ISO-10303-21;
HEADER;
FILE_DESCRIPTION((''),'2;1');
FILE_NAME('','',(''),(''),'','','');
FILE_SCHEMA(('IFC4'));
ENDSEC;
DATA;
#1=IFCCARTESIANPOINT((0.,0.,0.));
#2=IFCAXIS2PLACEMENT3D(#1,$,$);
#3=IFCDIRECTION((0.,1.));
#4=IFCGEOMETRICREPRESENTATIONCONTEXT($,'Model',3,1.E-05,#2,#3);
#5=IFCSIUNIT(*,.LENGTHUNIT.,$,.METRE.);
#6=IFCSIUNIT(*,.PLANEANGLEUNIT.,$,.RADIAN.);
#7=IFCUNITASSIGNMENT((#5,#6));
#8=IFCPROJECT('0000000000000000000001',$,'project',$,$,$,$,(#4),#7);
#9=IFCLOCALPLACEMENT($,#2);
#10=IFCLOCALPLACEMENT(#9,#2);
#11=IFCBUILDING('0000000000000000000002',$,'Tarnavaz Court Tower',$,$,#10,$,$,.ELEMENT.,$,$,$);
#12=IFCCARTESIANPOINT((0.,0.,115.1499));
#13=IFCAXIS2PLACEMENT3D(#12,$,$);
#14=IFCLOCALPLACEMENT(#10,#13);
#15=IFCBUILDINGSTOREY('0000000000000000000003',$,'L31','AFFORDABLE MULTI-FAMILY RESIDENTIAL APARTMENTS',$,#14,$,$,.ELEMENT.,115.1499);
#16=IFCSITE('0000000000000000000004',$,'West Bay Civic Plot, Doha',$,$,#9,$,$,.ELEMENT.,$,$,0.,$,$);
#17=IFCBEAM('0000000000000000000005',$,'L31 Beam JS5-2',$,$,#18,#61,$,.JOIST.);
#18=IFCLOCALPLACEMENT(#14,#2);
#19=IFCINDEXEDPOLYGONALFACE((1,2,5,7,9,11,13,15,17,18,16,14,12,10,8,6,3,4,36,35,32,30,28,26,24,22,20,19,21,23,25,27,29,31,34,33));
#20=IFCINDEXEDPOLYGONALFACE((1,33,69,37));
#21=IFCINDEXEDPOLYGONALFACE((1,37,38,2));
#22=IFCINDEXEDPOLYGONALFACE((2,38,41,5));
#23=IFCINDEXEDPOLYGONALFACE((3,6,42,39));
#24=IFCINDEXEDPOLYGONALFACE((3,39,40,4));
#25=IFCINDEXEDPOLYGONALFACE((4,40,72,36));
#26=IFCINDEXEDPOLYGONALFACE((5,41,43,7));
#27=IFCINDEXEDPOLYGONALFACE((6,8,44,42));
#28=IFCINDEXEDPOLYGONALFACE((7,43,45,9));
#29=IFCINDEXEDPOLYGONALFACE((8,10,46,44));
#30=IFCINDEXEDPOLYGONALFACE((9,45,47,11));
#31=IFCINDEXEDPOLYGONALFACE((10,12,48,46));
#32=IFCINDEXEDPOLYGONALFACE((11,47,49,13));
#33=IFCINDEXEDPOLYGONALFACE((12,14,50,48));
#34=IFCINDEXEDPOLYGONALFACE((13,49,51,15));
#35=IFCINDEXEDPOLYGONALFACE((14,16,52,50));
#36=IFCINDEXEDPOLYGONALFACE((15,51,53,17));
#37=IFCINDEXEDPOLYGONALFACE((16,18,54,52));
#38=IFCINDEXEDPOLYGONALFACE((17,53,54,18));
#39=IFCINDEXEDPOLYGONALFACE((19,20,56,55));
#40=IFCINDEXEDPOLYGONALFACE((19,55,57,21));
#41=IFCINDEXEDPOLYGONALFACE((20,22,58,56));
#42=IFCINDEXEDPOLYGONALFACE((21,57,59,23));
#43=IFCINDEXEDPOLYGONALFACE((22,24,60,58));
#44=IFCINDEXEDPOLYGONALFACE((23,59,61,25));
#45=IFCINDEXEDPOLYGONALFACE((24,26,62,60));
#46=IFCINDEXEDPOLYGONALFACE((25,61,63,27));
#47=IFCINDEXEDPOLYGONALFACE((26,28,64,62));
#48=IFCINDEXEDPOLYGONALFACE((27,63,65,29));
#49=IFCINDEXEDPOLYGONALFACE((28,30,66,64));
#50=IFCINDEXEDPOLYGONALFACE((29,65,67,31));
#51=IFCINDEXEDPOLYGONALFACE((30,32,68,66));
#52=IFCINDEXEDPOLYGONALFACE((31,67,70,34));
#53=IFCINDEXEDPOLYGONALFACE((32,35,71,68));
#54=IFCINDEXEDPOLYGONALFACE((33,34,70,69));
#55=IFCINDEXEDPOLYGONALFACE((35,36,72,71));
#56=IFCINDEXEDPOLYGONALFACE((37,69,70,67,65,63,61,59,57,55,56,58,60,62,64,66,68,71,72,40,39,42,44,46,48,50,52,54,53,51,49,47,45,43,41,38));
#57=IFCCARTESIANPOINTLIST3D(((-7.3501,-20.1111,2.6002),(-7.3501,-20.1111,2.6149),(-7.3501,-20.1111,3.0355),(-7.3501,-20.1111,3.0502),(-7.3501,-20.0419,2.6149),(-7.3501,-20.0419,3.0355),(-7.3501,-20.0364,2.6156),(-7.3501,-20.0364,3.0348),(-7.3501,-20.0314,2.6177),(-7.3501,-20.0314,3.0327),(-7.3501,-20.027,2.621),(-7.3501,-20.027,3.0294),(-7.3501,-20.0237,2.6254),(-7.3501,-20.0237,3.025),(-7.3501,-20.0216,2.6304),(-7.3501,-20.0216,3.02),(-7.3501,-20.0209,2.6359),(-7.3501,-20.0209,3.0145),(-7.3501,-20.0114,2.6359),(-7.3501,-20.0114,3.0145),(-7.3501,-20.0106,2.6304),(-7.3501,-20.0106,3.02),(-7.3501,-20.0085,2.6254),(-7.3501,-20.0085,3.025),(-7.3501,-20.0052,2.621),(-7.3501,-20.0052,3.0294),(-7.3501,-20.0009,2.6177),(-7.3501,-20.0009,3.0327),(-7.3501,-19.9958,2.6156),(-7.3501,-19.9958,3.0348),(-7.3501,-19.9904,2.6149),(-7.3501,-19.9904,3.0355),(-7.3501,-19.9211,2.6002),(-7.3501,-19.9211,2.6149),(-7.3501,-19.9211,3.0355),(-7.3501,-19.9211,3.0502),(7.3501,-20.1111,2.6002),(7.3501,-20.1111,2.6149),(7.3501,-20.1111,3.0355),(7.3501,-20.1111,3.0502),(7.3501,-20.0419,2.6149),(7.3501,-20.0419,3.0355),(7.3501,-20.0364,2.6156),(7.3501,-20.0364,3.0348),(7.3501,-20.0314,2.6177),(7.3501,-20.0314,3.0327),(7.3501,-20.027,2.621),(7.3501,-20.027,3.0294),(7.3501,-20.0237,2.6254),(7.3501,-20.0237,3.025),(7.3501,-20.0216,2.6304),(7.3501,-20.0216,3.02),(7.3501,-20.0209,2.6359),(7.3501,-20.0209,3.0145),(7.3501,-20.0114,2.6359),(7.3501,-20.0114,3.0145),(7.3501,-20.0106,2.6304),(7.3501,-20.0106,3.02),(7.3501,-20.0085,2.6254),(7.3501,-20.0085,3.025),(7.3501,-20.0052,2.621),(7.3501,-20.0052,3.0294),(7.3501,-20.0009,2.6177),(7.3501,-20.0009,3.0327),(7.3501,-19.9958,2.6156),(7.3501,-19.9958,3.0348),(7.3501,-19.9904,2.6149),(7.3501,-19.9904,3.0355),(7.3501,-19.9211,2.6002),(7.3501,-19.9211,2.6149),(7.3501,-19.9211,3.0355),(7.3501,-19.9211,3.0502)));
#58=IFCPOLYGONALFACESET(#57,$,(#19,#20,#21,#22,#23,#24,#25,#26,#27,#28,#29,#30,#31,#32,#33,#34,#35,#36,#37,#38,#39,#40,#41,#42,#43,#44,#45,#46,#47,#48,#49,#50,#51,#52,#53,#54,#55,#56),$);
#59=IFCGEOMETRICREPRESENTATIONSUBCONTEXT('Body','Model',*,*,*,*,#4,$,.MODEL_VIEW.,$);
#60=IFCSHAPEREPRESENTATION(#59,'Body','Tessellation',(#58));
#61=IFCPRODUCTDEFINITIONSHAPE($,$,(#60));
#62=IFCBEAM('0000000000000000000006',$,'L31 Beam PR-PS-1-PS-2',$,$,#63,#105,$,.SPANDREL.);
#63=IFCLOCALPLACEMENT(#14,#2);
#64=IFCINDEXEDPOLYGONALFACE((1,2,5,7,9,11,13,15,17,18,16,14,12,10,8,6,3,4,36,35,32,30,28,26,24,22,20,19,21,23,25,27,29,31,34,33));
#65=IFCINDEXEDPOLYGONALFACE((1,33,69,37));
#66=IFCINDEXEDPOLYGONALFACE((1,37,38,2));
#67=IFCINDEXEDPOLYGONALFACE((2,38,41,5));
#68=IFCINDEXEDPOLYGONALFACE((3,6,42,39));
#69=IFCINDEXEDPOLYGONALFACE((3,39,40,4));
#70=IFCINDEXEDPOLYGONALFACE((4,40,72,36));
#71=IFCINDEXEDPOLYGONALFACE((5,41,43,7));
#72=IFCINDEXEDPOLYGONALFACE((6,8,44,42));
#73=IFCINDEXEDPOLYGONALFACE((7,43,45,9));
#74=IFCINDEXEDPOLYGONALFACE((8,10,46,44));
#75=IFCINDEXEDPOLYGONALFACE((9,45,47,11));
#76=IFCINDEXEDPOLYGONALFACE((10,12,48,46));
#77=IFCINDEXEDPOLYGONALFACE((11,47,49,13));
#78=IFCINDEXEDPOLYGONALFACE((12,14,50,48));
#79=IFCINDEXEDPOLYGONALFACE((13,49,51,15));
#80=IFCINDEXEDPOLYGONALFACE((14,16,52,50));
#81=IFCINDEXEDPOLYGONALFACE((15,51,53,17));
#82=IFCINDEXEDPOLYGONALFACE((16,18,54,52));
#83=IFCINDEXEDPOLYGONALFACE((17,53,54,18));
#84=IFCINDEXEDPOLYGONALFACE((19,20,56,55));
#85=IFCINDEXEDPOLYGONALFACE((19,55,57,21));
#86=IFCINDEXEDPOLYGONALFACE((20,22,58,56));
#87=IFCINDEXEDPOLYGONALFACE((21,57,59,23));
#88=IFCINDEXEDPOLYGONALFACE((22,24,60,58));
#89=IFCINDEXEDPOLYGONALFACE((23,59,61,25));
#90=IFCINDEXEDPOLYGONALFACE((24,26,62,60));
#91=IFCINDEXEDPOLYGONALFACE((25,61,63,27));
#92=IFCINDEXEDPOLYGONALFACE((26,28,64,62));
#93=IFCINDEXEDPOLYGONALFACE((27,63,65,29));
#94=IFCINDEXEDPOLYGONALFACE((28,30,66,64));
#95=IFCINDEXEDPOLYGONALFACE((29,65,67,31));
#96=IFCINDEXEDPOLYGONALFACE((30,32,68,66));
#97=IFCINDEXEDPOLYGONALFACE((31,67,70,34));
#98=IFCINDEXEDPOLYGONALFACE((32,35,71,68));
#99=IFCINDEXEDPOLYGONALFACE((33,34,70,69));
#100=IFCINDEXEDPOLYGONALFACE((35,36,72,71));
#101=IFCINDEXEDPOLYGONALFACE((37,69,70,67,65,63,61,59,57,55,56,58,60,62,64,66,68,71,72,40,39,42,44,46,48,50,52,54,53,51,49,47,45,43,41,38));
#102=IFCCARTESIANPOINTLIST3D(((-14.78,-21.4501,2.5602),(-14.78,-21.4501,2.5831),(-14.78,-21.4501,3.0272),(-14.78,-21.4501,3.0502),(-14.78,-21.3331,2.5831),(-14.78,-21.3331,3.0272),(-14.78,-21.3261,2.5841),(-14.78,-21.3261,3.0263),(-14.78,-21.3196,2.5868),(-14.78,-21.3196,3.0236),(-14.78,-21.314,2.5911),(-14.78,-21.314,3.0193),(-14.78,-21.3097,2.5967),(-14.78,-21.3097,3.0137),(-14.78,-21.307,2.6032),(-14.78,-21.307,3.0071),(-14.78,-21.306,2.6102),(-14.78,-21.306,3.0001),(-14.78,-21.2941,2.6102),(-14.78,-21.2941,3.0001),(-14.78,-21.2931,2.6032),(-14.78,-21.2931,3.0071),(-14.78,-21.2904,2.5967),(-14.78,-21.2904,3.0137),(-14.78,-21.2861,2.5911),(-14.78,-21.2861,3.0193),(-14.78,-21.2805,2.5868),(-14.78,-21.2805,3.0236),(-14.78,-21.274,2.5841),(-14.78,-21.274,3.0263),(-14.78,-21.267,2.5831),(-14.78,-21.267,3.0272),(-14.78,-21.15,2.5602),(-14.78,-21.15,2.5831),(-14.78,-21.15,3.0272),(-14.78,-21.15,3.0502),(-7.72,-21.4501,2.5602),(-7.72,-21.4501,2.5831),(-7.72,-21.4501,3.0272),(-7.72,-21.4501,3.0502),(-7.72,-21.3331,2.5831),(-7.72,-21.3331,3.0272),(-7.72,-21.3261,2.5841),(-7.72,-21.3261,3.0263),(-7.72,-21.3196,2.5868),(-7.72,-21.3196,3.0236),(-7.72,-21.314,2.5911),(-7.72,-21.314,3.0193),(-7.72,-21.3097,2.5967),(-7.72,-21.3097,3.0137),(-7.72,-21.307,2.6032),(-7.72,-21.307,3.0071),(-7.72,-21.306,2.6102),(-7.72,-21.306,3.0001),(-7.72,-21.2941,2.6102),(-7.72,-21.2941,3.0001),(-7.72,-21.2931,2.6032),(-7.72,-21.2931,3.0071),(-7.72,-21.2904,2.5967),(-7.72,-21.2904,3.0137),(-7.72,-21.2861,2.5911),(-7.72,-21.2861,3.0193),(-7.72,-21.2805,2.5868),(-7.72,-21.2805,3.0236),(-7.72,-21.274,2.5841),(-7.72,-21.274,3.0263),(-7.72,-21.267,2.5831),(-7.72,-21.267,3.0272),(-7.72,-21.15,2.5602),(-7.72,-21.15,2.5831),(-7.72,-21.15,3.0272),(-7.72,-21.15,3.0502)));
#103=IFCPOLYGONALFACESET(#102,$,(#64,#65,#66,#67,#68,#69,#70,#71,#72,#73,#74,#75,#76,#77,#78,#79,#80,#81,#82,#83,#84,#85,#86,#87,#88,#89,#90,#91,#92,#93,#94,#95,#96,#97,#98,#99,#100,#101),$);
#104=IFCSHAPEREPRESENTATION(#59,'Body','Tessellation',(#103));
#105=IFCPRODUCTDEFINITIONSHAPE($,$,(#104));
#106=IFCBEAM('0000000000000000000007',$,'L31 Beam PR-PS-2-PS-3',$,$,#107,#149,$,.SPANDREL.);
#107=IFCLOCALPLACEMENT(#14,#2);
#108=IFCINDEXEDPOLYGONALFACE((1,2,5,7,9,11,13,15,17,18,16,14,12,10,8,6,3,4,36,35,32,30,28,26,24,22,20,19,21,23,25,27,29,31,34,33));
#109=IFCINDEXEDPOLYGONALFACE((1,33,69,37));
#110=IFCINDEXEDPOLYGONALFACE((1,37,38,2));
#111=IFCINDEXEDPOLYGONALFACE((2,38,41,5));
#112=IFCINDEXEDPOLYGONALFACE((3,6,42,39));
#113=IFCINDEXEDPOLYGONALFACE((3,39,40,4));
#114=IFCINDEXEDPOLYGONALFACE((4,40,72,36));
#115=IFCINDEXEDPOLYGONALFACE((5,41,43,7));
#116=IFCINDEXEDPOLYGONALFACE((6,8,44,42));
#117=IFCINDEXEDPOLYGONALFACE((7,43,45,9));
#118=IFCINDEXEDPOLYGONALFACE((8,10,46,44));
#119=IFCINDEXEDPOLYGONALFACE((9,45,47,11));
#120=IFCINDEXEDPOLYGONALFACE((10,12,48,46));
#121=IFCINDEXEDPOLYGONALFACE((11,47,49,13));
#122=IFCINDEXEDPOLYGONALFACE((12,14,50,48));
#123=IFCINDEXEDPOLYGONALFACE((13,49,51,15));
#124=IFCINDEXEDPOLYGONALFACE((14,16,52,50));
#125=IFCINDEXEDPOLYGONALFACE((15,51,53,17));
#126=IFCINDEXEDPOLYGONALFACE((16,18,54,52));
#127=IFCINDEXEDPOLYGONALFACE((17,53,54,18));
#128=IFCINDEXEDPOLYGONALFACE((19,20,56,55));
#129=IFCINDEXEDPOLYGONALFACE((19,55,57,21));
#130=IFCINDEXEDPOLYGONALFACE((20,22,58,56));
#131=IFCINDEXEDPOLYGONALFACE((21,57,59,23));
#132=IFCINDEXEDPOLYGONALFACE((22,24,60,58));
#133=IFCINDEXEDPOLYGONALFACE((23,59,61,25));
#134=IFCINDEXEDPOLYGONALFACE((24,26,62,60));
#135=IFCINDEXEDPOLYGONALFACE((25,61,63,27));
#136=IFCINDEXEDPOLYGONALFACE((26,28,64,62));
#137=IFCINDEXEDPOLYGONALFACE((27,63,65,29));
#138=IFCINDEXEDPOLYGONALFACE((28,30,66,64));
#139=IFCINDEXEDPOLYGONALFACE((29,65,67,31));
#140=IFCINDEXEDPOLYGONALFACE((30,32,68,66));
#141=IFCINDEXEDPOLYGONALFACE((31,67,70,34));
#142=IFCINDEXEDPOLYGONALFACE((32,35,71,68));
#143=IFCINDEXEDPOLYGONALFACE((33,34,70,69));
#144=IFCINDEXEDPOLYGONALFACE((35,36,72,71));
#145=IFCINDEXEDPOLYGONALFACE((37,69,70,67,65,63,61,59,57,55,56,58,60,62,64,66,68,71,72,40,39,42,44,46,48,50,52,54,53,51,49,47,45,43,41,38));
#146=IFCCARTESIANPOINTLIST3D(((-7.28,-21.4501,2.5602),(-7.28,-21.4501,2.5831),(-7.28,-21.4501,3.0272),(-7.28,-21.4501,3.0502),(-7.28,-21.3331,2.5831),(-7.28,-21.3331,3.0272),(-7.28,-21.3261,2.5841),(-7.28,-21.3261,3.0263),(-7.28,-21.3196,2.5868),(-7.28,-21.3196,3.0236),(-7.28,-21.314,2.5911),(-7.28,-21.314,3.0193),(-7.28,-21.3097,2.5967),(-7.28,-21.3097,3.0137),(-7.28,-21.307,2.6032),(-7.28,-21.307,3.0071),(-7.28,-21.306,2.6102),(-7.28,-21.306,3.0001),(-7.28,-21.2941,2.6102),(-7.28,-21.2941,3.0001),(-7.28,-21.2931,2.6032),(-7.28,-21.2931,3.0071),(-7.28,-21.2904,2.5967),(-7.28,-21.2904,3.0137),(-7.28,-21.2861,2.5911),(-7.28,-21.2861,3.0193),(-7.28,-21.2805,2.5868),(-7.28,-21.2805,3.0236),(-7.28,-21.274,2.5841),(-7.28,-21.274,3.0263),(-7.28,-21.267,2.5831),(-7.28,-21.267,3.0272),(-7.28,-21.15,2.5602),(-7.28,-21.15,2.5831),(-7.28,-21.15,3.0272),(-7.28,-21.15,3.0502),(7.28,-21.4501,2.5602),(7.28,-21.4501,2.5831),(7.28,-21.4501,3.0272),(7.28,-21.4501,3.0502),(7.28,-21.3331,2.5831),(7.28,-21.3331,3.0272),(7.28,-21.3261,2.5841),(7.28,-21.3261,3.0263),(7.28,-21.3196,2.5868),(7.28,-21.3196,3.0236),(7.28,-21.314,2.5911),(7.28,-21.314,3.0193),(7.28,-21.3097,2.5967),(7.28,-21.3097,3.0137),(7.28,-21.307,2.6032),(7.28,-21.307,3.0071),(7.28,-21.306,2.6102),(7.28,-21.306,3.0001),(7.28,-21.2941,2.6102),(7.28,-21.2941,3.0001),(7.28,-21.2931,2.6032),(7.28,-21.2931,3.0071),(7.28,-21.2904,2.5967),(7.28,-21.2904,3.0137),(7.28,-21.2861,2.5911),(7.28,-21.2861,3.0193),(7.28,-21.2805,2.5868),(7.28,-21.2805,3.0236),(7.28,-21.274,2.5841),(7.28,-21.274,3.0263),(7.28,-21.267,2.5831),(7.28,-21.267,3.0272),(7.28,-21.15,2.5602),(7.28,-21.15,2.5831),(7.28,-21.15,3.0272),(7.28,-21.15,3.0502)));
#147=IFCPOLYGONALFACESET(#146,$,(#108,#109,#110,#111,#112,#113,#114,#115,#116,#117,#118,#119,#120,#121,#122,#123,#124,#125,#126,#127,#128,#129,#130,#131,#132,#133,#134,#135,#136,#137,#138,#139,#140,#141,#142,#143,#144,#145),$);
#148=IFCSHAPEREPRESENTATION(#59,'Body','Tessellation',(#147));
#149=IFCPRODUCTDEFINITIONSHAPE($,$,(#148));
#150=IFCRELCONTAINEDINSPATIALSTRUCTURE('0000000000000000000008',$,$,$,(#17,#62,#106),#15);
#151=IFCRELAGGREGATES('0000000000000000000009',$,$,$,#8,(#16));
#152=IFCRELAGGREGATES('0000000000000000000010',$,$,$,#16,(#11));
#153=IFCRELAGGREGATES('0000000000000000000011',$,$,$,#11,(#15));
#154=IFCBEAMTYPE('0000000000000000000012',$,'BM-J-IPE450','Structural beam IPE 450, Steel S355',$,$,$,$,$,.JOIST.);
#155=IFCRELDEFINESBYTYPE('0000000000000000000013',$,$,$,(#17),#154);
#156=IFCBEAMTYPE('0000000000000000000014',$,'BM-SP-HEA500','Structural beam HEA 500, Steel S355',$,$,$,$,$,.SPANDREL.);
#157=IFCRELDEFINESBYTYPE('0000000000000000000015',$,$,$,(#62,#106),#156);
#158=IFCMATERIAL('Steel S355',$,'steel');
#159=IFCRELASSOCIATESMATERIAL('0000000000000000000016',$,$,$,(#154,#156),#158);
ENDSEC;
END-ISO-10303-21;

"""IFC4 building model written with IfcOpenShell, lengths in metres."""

from ifc_helpers import new_model, si_unit, direction, frame, origin, origin_2d, place, context, subcontext, project, spatial, i_section, extrude, material, material_profile, profile_set, type_object, element, save


model = new_model("IFC4")

# Units and contexts
model_context = context("Model", 3, precision=1e-05, world=origin(), true_north=direction((0.0, 1.0)))
body_context = subcontext(model_context, "Body", "Model", "MODEL_VIEW")
ifc_project = project(units=[si_unit("LENGTHUNIT", "METRE"), si_unit("PLANEANGLEUNIT", "RADIAN")], contexts=[model_context])

# Site, building, storey
site_placement = place(None, origin())
site = spatial("IfcSite", under=ifc_project, at=site_placement, Name="West Bay Civic Plot, Doha", CompositionType="ELEMENT", RefElevation=0.0)
building_placement = place(site_placement, origin())
building = spatial("IfcBuilding", under=site, at=building_placement, Name="Tarnavaz Court Tower", CompositionType="ELEMENT")
storey_placement = place(building_placement, frame((0.0, 0.0, 115.1499)))
storey = spatial("IfcBuildingStorey", under=building, at=storey_placement, Name="L31", Description="AFFORDABLE MULTI-FAMILY RESIDENTIAL APARTMENTS", CompositionType="ELEMENT", Elevation=115.1499)

# Beams
ifc_material_1 = material(Name="Steel S355", Category="steel")
ifc_material_profile_1 = material_profile(ifc_material_1, i_section(OverallWidth=0.1899, OverallDepth=0.45, WebThickness=0.0095, FlangeThickness=0.0146, FilletRadius=0.021, at=origin_2d()), Name="IPE 450")
ifc_profile_set_1 = profile_set([ifc_material_profile_1], Name="Steel S355")
beam_type_1 = type_object("IfcBeamType", Name="BM-J-IPE450", Description="Structural beam IPE 450, Steel S355", PredefinedType="JOIST", material=ifc_profile_set_1)
beam_1_placement = place(storey_placement, frame((-7.3501, -20.0161, 2.8252), z_axis=(1.0, 0.0, 0.0), x_axis=(0.0, 1.0, 0.0)))
element("IfcBeam", 1, at=beam_1_placement, inside=storey, type_object=beam_type_1, Name="L31 Beam JS5-2", PredefinedType="JOIST", context=body_context, shape_type="SweptSolid", body=[
    extrude(i_section(OverallWidth=0.1899, OverallDepth=0.45, WebThickness=0.0095, FlangeThickness=0.0146, FilletRadius=0.021, at=origin_2d()), origin(), (0.0, 0.0, 1.0), 14.7002),
])
ifc_material_profile_2 = material_profile(ifc_material_1, i_section(OverallWidth=0.3, OverallDepth=0.49, WebThickness=0.012, FlangeThickness=0.0229, FilletRadius=0.0271, at=origin_2d()), Name="HEA 500")
ifc_profile_set_2 = profile_set([ifc_material_profile_2], Name="Steel S355")
beam_type_2 = type_object("IfcBeamType", Name="BM-SP-HEA500", Description="Structural beam HEA 500, Steel S355", PredefinedType="SPANDREL", material=ifc_profile_set_2)
beam_2_placement = place(storey_placement, frame((-14.78, -21.3, 2.8052), z_axis=(1.0, 0.0, 0.0), x_axis=(0.0, 1.0, 0.0)))
element("IfcBeam", 2, at=beam_2_placement, inside=storey, type_object=beam_type_2, Name="L31 Beam PR-PS-1-PS-2", PredefinedType="SPANDREL", context=body_context, shape_type="SweptSolid", body=[
    extrude(i_section(OverallWidth=0.3, OverallDepth=0.49, WebThickness=0.012, FlangeThickness=0.0229, FilletRadius=0.0271, at=origin_2d()), origin(), (0.0, 0.0, 1.0), 7.0601),
])
beam_3_placement = place(storey_placement, frame((-7.28, -21.3, 2.8052), z_axis=(1.0, 0.0, 0.0), x_axis=(0.0, 1.0, 0.0)))
element("IfcBeam", 3, at=beam_3_placement, inside=storey, type_object=beam_type_2, Name="L31 Beam PR-PS-2-PS-3", PredefinedType="SPANDREL", context=body_context, shape_type="SweptSolid", body=[
    extrude(i_section(OverallWidth=0.3, OverallDepth=0.49, WebThickness=0.012, FlangeThickness=0.0229, FilletRadius=0.0271, at=origin_2d()), origin(), (0.0, 0.0, 1.0), 14.5601),
])

save(model, "model.ifc")
